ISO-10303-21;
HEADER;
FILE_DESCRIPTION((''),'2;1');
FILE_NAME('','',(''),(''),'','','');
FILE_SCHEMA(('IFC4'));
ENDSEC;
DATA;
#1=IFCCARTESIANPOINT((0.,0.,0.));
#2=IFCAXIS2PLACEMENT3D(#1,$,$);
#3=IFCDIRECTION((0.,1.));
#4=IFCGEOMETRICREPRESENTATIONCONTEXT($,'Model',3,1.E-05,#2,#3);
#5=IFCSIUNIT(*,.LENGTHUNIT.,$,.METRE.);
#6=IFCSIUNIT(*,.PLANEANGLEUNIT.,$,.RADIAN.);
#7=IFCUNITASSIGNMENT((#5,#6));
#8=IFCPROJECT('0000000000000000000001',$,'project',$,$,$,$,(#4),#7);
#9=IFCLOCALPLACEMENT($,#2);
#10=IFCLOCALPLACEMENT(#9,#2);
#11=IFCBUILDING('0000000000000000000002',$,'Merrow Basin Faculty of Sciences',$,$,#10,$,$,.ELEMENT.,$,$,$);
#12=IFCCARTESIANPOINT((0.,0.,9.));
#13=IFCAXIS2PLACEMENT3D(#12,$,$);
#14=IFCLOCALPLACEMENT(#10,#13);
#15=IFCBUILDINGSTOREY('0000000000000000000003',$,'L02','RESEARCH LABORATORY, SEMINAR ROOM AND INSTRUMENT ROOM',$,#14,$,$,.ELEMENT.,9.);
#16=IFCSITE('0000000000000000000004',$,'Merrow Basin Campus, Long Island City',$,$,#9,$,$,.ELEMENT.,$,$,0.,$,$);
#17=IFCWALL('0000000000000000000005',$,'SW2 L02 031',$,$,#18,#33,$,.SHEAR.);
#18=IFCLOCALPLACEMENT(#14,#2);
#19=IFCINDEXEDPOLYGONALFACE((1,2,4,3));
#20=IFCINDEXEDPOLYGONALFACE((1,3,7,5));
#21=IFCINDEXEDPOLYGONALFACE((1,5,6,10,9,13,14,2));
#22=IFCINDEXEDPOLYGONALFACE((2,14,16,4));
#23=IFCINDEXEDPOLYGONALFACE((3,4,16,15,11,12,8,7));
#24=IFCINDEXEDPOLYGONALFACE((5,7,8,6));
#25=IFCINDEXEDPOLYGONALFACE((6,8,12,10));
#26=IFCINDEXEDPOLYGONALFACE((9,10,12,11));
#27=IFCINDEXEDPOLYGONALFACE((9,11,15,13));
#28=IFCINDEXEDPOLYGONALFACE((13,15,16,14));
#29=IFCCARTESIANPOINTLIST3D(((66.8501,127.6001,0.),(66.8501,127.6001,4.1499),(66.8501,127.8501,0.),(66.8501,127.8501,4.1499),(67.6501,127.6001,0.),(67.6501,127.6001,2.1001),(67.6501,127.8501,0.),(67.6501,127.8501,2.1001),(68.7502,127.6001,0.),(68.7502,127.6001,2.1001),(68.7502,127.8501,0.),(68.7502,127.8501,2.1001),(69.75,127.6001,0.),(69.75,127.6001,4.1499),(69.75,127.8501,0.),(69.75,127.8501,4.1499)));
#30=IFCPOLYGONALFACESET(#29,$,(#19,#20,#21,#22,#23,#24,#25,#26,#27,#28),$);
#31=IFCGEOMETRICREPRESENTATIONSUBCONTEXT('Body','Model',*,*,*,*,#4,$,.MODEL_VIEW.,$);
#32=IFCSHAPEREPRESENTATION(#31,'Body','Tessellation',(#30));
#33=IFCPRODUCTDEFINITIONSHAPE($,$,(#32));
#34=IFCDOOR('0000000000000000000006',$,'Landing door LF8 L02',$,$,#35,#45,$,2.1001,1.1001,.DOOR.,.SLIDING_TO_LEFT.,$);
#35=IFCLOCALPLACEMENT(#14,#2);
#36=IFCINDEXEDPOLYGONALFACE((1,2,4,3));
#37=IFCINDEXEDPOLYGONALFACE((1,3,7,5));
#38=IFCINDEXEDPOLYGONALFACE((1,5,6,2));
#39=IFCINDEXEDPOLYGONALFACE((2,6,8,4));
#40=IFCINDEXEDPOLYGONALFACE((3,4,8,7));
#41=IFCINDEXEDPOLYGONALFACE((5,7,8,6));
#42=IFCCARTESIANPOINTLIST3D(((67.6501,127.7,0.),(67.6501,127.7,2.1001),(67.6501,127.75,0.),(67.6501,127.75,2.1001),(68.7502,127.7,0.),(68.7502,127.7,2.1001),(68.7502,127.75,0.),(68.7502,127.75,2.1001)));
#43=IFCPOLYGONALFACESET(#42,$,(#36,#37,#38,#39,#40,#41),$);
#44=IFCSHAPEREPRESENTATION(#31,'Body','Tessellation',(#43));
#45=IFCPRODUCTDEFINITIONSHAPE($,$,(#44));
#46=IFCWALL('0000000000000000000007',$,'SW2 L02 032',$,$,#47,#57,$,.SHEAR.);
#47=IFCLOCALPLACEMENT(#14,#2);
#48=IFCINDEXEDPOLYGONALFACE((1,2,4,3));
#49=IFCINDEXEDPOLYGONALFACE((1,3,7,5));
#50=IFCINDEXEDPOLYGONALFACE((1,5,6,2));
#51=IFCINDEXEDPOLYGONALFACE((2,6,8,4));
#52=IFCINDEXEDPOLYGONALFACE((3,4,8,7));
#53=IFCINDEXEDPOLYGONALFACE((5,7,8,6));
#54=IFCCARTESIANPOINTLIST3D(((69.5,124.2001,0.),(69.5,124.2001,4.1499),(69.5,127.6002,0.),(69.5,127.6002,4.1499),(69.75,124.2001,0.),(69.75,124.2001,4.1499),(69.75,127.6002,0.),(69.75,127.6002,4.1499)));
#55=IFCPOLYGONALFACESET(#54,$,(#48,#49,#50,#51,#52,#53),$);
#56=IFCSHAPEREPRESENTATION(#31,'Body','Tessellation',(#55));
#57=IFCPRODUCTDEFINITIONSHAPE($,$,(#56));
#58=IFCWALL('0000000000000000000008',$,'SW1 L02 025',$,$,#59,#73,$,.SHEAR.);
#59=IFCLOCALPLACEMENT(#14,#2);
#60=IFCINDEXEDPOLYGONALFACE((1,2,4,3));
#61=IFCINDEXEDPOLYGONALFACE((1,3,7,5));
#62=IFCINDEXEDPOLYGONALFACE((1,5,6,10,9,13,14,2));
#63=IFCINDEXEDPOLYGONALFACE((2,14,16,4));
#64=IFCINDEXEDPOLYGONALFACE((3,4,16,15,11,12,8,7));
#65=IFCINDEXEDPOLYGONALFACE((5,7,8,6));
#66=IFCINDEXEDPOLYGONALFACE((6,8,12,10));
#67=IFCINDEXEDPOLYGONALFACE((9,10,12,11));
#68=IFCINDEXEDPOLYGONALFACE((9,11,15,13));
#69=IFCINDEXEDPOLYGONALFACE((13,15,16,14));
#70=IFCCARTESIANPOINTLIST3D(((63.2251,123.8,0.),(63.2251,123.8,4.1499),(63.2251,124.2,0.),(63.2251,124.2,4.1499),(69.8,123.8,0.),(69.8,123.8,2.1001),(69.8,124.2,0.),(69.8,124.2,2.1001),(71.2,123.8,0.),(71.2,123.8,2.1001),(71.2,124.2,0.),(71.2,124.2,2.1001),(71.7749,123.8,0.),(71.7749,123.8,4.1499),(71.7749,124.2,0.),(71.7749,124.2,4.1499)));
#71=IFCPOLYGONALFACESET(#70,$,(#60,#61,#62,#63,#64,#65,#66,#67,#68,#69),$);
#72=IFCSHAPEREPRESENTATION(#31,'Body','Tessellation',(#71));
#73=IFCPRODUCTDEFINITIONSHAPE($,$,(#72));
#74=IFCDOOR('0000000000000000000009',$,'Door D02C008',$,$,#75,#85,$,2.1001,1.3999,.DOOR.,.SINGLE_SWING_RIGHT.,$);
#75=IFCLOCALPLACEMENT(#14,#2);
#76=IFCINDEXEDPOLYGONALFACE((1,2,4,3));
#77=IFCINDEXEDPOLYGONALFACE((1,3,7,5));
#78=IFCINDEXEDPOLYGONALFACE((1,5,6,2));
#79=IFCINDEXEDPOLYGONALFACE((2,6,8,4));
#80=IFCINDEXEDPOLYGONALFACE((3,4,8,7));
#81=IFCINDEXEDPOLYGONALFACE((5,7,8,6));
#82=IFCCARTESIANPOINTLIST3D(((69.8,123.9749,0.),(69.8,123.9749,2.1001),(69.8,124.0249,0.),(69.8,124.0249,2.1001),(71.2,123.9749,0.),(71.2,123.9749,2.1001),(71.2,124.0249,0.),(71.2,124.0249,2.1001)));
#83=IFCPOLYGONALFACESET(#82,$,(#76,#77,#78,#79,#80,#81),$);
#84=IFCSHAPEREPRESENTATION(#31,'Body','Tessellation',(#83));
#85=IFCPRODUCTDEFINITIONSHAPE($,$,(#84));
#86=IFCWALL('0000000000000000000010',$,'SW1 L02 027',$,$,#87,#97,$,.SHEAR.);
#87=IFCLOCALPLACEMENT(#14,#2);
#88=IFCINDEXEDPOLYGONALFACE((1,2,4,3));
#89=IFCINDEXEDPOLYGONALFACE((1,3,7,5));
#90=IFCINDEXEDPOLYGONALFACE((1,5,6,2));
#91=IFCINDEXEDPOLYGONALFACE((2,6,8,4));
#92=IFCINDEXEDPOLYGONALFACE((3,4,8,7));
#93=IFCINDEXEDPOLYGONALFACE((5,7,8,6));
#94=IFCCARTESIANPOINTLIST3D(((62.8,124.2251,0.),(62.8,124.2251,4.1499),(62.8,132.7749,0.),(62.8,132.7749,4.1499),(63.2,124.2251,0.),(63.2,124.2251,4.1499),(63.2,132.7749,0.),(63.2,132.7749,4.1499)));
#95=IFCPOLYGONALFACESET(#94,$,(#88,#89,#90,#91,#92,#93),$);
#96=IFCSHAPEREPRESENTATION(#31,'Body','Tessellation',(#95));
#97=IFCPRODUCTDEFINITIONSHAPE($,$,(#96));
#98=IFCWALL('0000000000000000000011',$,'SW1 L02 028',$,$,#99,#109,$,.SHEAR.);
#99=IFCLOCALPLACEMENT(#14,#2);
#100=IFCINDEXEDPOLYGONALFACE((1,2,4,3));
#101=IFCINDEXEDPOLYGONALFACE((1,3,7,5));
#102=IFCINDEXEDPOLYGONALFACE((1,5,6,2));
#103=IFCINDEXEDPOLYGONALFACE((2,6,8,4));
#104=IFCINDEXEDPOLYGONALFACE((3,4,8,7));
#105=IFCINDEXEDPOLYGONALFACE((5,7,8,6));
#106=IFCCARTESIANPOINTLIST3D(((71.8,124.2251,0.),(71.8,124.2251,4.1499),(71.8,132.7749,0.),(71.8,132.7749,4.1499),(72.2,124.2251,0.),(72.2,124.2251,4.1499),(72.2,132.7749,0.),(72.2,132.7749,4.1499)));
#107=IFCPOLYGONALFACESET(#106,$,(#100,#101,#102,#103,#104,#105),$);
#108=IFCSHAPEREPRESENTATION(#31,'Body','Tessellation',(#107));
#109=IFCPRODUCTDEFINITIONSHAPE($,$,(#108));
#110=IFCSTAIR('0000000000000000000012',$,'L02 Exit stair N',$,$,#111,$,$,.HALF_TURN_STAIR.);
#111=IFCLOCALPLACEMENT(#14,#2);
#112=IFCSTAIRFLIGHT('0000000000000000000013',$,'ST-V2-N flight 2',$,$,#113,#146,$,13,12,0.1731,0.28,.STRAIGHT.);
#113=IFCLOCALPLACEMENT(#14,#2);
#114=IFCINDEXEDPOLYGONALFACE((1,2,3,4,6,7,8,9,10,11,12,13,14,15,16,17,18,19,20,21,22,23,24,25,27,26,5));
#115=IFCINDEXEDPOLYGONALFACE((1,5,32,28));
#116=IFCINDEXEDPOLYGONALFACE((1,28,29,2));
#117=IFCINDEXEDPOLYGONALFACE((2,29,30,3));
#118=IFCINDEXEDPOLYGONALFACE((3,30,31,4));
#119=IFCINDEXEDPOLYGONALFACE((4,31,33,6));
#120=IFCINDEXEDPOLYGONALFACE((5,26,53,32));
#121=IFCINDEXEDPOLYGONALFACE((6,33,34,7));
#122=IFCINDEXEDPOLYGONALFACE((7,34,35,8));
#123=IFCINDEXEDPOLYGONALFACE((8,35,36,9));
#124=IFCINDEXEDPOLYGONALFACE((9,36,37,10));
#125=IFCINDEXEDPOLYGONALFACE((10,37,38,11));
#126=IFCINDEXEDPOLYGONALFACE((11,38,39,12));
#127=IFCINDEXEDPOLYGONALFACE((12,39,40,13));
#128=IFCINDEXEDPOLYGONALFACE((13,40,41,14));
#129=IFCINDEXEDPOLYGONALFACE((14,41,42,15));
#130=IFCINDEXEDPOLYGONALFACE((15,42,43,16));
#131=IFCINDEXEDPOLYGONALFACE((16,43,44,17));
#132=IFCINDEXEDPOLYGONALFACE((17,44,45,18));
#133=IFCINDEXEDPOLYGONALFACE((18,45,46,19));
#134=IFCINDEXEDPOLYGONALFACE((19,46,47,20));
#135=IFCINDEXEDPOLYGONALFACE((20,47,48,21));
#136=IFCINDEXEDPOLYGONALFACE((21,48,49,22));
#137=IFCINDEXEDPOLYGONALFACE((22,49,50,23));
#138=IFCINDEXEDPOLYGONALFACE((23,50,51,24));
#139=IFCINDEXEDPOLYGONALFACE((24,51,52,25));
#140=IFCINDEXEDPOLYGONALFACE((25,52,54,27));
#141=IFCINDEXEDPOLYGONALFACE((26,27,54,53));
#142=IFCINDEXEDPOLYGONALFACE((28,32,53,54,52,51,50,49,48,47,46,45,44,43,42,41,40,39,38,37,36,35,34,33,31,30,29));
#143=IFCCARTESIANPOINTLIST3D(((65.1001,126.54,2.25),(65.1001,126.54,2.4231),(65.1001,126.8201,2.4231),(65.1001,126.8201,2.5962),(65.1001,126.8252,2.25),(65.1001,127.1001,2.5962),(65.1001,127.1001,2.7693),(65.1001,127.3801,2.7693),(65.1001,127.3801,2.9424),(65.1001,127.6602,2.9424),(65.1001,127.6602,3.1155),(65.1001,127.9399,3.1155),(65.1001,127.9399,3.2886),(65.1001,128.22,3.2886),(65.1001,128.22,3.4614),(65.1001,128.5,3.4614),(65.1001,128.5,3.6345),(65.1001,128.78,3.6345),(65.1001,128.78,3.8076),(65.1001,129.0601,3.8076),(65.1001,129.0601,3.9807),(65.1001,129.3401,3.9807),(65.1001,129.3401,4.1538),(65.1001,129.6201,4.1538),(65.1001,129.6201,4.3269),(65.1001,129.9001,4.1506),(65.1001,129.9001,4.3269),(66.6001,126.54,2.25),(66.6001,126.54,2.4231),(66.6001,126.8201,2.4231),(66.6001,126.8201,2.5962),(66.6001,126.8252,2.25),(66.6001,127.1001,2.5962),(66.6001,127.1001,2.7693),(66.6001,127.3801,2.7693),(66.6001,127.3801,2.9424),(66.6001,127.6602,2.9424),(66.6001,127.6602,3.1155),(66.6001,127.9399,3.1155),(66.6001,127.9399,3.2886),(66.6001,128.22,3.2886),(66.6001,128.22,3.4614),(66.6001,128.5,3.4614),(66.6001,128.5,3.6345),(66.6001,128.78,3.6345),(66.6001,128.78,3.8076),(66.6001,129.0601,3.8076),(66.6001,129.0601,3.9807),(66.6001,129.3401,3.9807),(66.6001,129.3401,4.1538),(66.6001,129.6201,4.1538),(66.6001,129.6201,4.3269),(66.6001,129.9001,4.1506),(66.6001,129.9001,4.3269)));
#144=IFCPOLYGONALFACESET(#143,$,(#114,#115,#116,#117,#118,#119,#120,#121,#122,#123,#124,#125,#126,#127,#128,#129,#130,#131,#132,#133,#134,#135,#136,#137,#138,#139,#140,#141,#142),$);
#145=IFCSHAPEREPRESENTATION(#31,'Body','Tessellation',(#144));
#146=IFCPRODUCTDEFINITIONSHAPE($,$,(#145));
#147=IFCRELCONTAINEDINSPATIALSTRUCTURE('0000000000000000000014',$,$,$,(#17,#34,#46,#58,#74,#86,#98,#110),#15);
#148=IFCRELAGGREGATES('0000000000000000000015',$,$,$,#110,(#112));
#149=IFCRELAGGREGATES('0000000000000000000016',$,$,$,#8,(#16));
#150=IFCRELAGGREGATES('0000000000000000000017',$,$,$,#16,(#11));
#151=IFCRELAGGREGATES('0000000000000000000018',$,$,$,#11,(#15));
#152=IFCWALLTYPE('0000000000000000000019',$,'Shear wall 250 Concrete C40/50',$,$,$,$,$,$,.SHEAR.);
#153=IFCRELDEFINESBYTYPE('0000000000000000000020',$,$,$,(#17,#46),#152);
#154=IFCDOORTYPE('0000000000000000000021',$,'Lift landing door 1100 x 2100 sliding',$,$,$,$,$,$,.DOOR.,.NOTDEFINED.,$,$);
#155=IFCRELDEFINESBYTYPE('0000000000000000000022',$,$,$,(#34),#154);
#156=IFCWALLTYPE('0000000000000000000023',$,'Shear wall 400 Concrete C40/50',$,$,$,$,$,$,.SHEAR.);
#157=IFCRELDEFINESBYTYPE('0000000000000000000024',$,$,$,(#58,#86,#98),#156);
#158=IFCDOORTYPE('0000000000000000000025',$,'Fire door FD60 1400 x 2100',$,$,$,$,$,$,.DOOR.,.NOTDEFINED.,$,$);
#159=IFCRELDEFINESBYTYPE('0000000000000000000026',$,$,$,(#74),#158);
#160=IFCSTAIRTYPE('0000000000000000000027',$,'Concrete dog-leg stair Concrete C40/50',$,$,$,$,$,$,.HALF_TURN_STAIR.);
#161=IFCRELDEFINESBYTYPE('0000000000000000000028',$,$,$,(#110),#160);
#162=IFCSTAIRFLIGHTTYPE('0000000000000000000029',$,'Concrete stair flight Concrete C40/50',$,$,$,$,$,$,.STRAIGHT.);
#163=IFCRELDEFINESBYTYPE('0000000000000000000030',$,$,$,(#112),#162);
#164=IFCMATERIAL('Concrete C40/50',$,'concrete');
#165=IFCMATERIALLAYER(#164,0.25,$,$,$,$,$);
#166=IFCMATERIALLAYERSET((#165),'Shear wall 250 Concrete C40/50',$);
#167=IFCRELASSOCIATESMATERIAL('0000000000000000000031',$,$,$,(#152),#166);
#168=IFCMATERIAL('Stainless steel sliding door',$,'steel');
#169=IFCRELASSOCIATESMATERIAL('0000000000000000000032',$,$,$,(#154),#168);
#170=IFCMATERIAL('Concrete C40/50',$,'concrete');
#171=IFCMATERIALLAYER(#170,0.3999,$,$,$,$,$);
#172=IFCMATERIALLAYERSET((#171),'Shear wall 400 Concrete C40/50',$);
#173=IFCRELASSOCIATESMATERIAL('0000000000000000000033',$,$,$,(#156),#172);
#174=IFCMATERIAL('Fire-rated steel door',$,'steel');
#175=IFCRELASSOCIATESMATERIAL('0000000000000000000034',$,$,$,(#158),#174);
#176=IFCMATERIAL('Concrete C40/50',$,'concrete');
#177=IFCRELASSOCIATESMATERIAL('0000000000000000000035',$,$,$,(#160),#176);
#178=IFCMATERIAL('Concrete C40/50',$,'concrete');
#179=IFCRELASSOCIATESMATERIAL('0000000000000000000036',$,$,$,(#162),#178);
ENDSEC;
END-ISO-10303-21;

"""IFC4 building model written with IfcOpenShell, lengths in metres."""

from ifc_helpers import new_model, si_unit, direction, frame, frame_2d, origin, place, context, subcontext, project, spatial, polyline, rectangle, outline, extrude, material, layer, layer_set, type_object, element, fill, aggregate, save


model = new_model("IFC4")

# Units and contexts
model_context = context("Model", 3, precision=1e-05, world=origin(), true_north=direction((0.0, 1.0)))
body_context = subcontext(model_context, "Body", "Model", "MODEL_VIEW")
ifc_project = project(units=[si_unit("LENGTHUNIT", "METRE"), si_unit("PLANEANGLEUNIT", "RADIAN")], contexts=[model_context])

# Site, building, storey
site_placement = place(None, origin())
site = spatial("IfcSite", under=ifc_project, at=site_placement, Name="Merrow Basin Campus, Long Island City", CompositionType="ELEMENT", RefElevation=0.0)
building_placement = place(site_placement, origin())
building = spatial("IfcBuilding", under=site, at=building_placement, Name="Merrow Basin Faculty of Sciences", CompositionType="ELEMENT")
storey_placement = place(building_placement, frame((0.0, 0.0, 9.0)))
storey = spatial("IfcBuildingStorey", under=building, at=storey_placement, Name="L02", Description="RESEARCH LABORATORY, SEMINAR ROOM AND INSTRUMENT ROOM", CompositionType="ELEMENT", Elevation=9.0)

# Wall, opening, door
ifc_material_1 = material(Name="Concrete C40/50", Category="concrete")
ifc_layer_1 = layer(ifc_material_1, 0.25)
ifc_layer_set_1 = layer_set([ifc_layer_1], Name="Shear wall 250 Concrete C40/50")
wall_type_1 = type_object("IfcWallType", Name="Shear wall 250 Concrete C40/50", PredefinedType="SHEAR", material=ifc_layer_set_1)
wall_1_placement = place(storey_placement, frame((66.8501, 127.7251, 0.0), z_axis=(0.0, 0.0, 1.0), x_axis=(1.0, 0.0, 0.0)))
wall_1 = element("IfcWall", 1, at=wall_1_placement, inside=storey, type_object=wall_type_1, Name="SW2 L02 031", PredefinedType="SHEAR", context=body_context, shape_type="SweptSolid", body=[
    extrude(rectangle(XDim=2.8999, YDim=0.25, at=frame_2d((1.45, 0.0))), origin(), (0.0, 0.0, 1.0), 4.1499),
])
opening_1_placement = place(wall_1_placement, frame((0.8, 0.0, 0.0)))
opening_1 = element("IfcOpeningElement", 2, at=opening_1_placement, cuts=wall_1, PredefinedType="OPENING", context=body_context, shape_type="SweptSolid", body=[
    extrude(rectangle(XDim=1.1001, YDim=2.1001, at=frame_2d((0.55, 1.05))), frame((0.0, 0.135, 0.0), z_axis=(0.0, -1.0, 0.0), x_axis=(1.0, 0.0, 0.0)), (0.0, 0.0, 1.0), 0.27),
])
ifc_material_2 = material(Name="Stainless steel sliding door", Category="steel")
door_type_1 = type_object("IfcDoorType", Name="Lift landing door 1100 x 2100 sliding", OperationType="NOTDEFINED", PredefinedType="DOOR", material=ifc_material_2)
door_1_placement = place(opening_1_placement, origin())
door_1 = element("IfcDoor", 3, at=door_1_placement, inside=storey, type_object=door_type_1, Name="Landing door LF8 L02", OperationType="SLIDING_TO_LEFT", OverallHeight=2.1001, OverallWidth=1.1001, PredefinedType="DOOR", context=body_context, shape_type="SweptSolid", body=[
    extrude(rectangle(XDim=1.1001, YDim=2.1001, at=frame_2d((0.55, 1.05))), frame((0.0, 0.0249, 0.0), z_axis=(0.0, -1.0, 0.0), x_axis=(1.0, 0.0, 0.0)), (0.0, 0.0, 1.0), 0.05),
])
fill(opening_1, door_1)

# Wall
wall_2_placement = place(storey_placement, frame((69.625, 124.2, 0.0), z_axis=(0.0, 0.0, 1.0), x_axis=(0.0, 1.0, 0.0)))
element("IfcWall", 4, at=wall_2_placement, inside=storey, type_object=wall_type_1, Name="SW2 L02 032", PredefinedType="SHEAR", context=body_context, shape_type="SweptSolid", body=[
    extrude(rectangle(XDim=3.4001, YDim=0.25, at=frame_2d((1.7002, 0.0))), origin(), (0.0, 0.0, 1.0), 4.1499),
])

# Wall, opening, door
ifc_material_3 = material(Name="Concrete C40/50", Category="concrete")
ifc_layer_2 = layer(ifc_material_3, 0.3999)
ifc_layer_set_2 = layer_set([ifc_layer_2], Name="Shear wall 400 Concrete C40/50")
wall_type_2 = type_object("IfcWallType", Name="Shear wall 400 Concrete C40/50", PredefinedType="SHEAR", material=ifc_layer_set_2)
wall_3_placement = place(storey_placement, frame((63.2251, 124.0, 0.0), z_axis=(0.0, 0.0, 1.0), x_axis=(1.0, 0.0, 0.0)))
wall_3 = element("IfcWall", 5, at=wall_3_placement, inside=storey, type_object=wall_type_2, Name="SW1 L02 025", PredefinedType="SHEAR", context=body_context, shape_type="SweptSolid", body=[
    extrude(rectangle(XDim=8.5498, YDim=0.3999, at=frame_2d((4.2749, 0.0))), origin(), (0.0, 0.0, 1.0), 4.1499),
])
opening_2_placement = place(wall_3_placement, frame((6.575, 0.0, 0.0)))
opening_2 = element("IfcOpeningElement", 6, at=opening_2_placement, cuts=wall_3, PredefinedType="OPENING", context=body_context, shape_type="SweptSolid", body=[
    extrude(rectangle(XDim=1.3999, YDim=2.1001, at=frame_2d((0.7, 1.05))), frame((0.0, 0.21, 0.0), z_axis=(0.0, -1.0, 0.0), x_axis=(1.0, 0.0, 0.0)), (0.0, 0.0, 1.0), 0.4199),
])
ifc_material_4 = material(Name="Fire-rated steel door", Category="steel")
door_type_2 = type_object("IfcDoorType", Name="Fire door FD60 1400 x 2100", OperationType="NOTDEFINED", PredefinedType="DOOR", material=ifc_material_4)
door_2_placement = place(opening_2_placement, origin())
door_2 = element("IfcDoor", 7, at=door_2_placement, inside=storey, type_object=door_type_2, Name="Door D02C008", OperationType="SINGLE_SWING_RIGHT", OverallHeight=2.1001, OverallWidth=1.3999, PredefinedType="DOOR", context=body_context, shape_type="SweptSolid", body=[
    extrude(rectangle(XDim=1.3999, YDim=2.1001, at=frame_2d((0.7, 1.05))), frame((0.0, 0.0249, 0.0), z_axis=(0.0, -1.0, 0.0), x_axis=(1.0, 0.0, 0.0)), (0.0, 0.0, 1.0), 0.05),
])
fill(opening_2, door_2)

# Walls
for number, where, z_axis, x_axis, name in (
    (8, (63.0, 124.2251, 0.0), (0.0, 0.0, 1.0), (0.0, 1.0, 0.0), "SW1 L02 027"),
    (9, (72.0, 124.2251, 0.0), (0.0, 0.0, 1.0), (0.0, 1.0, 0.0), "SW1 L02 028"),
):
    element("IfcWall", number, at=place(storey_placement, frame(where, z_axis=z_axis, x_axis=x_axis)), inside=storey, type_object=wall_type_2, Name=name, PredefinedType="SHEAR", context=body_context, shape_type="SweptSolid", body=[
        extrude(rectangle(XDim=8.5498, YDim=0.3999, at=frame_2d((4.2749, 0.0))), origin(), (0.0, 0.0, 1.0), 4.1499),
    ])

# Stair, stair flight
ifc_material_5 = material(Name="Concrete C40/50", Category="concrete")
stair_type = type_object("IfcStairType", Name="Concrete dog-leg stair Concrete C40/50", PredefinedType="HALF_TURN_STAIR", material=ifc_material_5)
stair_placement = place(storey_placement, origin())
stair = element("IfcStair", 10, at=stair_placement, inside=storey, type_object=stair_type, Name="L02 Exit stair N", PredefinedType="HALF_TURN_STAIR")
ifc_material_6 = material(Name="Concrete C40/50", Category="concrete")
stair_flight_type = type_object("IfcStairFlightType", Name="Concrete stair flight Concrete C40/50", PredefinedType="STRAIGHT", material=ifc_material_6)
stair_flight_placement = place(storey_placement, frame((65.8501, 126.54, 2.25), z_axis=(0.0, 0.0, 1.0), x_axis=(0.0, 1.0, 0.0)))
stair_flight = element("IfcStairFlight", 11, at=stair_flight_placement, type_object=stair_flight_type, Name="ST-V2-N flight 2", NumberOfRisers=13, NumberOfTreads=12, PredefinedType="STRAIGHT", RiserHeight=0.1731, TreadLength=0.28, context=body_context, shape_type="SweptSolid", body=[
    extrude(outline(polyline([(0.0, 0.0), (0.0, 0.1731), (0.28, 0.1731), (0.28, 0.3462), (0.5601, 0.3462), (0.5601, 0.5193), (0.8401, 0.5193), (0.8401, 0.6924), (1.1201, 0.6924), (1.1201, 0.8655), (1.3999, 0.8655), (1.3999, 1.0386), (1.6799, 1.0386), (1.6799, 1.2114), (1.96, 1.2114), (1.96, 1.3845), (2.24, 1.3845), (2.24, 1.5576), (2.52, 1.5576), (2.52, 1.7307), (2.8, 1.7307), (2.8, 1.9038), (3.0801, 1.9038), (3.0801, 2.0769), (3.3601, 2.0769), (3.3601, 2.25), (3.3601, 1.9006), (0.2852, 0.0), (0.0, 0.0)])), frame((0.0, 0.75, 0.0), z_axis=(0.0, -1.0, 0.0), x_axis=(1.0, 0.0, 0.0)), (0.0, 0.0, 1.0), 1.5),
])
aggregate(stair, [stair_flight])

save(model, "model.ifc")
